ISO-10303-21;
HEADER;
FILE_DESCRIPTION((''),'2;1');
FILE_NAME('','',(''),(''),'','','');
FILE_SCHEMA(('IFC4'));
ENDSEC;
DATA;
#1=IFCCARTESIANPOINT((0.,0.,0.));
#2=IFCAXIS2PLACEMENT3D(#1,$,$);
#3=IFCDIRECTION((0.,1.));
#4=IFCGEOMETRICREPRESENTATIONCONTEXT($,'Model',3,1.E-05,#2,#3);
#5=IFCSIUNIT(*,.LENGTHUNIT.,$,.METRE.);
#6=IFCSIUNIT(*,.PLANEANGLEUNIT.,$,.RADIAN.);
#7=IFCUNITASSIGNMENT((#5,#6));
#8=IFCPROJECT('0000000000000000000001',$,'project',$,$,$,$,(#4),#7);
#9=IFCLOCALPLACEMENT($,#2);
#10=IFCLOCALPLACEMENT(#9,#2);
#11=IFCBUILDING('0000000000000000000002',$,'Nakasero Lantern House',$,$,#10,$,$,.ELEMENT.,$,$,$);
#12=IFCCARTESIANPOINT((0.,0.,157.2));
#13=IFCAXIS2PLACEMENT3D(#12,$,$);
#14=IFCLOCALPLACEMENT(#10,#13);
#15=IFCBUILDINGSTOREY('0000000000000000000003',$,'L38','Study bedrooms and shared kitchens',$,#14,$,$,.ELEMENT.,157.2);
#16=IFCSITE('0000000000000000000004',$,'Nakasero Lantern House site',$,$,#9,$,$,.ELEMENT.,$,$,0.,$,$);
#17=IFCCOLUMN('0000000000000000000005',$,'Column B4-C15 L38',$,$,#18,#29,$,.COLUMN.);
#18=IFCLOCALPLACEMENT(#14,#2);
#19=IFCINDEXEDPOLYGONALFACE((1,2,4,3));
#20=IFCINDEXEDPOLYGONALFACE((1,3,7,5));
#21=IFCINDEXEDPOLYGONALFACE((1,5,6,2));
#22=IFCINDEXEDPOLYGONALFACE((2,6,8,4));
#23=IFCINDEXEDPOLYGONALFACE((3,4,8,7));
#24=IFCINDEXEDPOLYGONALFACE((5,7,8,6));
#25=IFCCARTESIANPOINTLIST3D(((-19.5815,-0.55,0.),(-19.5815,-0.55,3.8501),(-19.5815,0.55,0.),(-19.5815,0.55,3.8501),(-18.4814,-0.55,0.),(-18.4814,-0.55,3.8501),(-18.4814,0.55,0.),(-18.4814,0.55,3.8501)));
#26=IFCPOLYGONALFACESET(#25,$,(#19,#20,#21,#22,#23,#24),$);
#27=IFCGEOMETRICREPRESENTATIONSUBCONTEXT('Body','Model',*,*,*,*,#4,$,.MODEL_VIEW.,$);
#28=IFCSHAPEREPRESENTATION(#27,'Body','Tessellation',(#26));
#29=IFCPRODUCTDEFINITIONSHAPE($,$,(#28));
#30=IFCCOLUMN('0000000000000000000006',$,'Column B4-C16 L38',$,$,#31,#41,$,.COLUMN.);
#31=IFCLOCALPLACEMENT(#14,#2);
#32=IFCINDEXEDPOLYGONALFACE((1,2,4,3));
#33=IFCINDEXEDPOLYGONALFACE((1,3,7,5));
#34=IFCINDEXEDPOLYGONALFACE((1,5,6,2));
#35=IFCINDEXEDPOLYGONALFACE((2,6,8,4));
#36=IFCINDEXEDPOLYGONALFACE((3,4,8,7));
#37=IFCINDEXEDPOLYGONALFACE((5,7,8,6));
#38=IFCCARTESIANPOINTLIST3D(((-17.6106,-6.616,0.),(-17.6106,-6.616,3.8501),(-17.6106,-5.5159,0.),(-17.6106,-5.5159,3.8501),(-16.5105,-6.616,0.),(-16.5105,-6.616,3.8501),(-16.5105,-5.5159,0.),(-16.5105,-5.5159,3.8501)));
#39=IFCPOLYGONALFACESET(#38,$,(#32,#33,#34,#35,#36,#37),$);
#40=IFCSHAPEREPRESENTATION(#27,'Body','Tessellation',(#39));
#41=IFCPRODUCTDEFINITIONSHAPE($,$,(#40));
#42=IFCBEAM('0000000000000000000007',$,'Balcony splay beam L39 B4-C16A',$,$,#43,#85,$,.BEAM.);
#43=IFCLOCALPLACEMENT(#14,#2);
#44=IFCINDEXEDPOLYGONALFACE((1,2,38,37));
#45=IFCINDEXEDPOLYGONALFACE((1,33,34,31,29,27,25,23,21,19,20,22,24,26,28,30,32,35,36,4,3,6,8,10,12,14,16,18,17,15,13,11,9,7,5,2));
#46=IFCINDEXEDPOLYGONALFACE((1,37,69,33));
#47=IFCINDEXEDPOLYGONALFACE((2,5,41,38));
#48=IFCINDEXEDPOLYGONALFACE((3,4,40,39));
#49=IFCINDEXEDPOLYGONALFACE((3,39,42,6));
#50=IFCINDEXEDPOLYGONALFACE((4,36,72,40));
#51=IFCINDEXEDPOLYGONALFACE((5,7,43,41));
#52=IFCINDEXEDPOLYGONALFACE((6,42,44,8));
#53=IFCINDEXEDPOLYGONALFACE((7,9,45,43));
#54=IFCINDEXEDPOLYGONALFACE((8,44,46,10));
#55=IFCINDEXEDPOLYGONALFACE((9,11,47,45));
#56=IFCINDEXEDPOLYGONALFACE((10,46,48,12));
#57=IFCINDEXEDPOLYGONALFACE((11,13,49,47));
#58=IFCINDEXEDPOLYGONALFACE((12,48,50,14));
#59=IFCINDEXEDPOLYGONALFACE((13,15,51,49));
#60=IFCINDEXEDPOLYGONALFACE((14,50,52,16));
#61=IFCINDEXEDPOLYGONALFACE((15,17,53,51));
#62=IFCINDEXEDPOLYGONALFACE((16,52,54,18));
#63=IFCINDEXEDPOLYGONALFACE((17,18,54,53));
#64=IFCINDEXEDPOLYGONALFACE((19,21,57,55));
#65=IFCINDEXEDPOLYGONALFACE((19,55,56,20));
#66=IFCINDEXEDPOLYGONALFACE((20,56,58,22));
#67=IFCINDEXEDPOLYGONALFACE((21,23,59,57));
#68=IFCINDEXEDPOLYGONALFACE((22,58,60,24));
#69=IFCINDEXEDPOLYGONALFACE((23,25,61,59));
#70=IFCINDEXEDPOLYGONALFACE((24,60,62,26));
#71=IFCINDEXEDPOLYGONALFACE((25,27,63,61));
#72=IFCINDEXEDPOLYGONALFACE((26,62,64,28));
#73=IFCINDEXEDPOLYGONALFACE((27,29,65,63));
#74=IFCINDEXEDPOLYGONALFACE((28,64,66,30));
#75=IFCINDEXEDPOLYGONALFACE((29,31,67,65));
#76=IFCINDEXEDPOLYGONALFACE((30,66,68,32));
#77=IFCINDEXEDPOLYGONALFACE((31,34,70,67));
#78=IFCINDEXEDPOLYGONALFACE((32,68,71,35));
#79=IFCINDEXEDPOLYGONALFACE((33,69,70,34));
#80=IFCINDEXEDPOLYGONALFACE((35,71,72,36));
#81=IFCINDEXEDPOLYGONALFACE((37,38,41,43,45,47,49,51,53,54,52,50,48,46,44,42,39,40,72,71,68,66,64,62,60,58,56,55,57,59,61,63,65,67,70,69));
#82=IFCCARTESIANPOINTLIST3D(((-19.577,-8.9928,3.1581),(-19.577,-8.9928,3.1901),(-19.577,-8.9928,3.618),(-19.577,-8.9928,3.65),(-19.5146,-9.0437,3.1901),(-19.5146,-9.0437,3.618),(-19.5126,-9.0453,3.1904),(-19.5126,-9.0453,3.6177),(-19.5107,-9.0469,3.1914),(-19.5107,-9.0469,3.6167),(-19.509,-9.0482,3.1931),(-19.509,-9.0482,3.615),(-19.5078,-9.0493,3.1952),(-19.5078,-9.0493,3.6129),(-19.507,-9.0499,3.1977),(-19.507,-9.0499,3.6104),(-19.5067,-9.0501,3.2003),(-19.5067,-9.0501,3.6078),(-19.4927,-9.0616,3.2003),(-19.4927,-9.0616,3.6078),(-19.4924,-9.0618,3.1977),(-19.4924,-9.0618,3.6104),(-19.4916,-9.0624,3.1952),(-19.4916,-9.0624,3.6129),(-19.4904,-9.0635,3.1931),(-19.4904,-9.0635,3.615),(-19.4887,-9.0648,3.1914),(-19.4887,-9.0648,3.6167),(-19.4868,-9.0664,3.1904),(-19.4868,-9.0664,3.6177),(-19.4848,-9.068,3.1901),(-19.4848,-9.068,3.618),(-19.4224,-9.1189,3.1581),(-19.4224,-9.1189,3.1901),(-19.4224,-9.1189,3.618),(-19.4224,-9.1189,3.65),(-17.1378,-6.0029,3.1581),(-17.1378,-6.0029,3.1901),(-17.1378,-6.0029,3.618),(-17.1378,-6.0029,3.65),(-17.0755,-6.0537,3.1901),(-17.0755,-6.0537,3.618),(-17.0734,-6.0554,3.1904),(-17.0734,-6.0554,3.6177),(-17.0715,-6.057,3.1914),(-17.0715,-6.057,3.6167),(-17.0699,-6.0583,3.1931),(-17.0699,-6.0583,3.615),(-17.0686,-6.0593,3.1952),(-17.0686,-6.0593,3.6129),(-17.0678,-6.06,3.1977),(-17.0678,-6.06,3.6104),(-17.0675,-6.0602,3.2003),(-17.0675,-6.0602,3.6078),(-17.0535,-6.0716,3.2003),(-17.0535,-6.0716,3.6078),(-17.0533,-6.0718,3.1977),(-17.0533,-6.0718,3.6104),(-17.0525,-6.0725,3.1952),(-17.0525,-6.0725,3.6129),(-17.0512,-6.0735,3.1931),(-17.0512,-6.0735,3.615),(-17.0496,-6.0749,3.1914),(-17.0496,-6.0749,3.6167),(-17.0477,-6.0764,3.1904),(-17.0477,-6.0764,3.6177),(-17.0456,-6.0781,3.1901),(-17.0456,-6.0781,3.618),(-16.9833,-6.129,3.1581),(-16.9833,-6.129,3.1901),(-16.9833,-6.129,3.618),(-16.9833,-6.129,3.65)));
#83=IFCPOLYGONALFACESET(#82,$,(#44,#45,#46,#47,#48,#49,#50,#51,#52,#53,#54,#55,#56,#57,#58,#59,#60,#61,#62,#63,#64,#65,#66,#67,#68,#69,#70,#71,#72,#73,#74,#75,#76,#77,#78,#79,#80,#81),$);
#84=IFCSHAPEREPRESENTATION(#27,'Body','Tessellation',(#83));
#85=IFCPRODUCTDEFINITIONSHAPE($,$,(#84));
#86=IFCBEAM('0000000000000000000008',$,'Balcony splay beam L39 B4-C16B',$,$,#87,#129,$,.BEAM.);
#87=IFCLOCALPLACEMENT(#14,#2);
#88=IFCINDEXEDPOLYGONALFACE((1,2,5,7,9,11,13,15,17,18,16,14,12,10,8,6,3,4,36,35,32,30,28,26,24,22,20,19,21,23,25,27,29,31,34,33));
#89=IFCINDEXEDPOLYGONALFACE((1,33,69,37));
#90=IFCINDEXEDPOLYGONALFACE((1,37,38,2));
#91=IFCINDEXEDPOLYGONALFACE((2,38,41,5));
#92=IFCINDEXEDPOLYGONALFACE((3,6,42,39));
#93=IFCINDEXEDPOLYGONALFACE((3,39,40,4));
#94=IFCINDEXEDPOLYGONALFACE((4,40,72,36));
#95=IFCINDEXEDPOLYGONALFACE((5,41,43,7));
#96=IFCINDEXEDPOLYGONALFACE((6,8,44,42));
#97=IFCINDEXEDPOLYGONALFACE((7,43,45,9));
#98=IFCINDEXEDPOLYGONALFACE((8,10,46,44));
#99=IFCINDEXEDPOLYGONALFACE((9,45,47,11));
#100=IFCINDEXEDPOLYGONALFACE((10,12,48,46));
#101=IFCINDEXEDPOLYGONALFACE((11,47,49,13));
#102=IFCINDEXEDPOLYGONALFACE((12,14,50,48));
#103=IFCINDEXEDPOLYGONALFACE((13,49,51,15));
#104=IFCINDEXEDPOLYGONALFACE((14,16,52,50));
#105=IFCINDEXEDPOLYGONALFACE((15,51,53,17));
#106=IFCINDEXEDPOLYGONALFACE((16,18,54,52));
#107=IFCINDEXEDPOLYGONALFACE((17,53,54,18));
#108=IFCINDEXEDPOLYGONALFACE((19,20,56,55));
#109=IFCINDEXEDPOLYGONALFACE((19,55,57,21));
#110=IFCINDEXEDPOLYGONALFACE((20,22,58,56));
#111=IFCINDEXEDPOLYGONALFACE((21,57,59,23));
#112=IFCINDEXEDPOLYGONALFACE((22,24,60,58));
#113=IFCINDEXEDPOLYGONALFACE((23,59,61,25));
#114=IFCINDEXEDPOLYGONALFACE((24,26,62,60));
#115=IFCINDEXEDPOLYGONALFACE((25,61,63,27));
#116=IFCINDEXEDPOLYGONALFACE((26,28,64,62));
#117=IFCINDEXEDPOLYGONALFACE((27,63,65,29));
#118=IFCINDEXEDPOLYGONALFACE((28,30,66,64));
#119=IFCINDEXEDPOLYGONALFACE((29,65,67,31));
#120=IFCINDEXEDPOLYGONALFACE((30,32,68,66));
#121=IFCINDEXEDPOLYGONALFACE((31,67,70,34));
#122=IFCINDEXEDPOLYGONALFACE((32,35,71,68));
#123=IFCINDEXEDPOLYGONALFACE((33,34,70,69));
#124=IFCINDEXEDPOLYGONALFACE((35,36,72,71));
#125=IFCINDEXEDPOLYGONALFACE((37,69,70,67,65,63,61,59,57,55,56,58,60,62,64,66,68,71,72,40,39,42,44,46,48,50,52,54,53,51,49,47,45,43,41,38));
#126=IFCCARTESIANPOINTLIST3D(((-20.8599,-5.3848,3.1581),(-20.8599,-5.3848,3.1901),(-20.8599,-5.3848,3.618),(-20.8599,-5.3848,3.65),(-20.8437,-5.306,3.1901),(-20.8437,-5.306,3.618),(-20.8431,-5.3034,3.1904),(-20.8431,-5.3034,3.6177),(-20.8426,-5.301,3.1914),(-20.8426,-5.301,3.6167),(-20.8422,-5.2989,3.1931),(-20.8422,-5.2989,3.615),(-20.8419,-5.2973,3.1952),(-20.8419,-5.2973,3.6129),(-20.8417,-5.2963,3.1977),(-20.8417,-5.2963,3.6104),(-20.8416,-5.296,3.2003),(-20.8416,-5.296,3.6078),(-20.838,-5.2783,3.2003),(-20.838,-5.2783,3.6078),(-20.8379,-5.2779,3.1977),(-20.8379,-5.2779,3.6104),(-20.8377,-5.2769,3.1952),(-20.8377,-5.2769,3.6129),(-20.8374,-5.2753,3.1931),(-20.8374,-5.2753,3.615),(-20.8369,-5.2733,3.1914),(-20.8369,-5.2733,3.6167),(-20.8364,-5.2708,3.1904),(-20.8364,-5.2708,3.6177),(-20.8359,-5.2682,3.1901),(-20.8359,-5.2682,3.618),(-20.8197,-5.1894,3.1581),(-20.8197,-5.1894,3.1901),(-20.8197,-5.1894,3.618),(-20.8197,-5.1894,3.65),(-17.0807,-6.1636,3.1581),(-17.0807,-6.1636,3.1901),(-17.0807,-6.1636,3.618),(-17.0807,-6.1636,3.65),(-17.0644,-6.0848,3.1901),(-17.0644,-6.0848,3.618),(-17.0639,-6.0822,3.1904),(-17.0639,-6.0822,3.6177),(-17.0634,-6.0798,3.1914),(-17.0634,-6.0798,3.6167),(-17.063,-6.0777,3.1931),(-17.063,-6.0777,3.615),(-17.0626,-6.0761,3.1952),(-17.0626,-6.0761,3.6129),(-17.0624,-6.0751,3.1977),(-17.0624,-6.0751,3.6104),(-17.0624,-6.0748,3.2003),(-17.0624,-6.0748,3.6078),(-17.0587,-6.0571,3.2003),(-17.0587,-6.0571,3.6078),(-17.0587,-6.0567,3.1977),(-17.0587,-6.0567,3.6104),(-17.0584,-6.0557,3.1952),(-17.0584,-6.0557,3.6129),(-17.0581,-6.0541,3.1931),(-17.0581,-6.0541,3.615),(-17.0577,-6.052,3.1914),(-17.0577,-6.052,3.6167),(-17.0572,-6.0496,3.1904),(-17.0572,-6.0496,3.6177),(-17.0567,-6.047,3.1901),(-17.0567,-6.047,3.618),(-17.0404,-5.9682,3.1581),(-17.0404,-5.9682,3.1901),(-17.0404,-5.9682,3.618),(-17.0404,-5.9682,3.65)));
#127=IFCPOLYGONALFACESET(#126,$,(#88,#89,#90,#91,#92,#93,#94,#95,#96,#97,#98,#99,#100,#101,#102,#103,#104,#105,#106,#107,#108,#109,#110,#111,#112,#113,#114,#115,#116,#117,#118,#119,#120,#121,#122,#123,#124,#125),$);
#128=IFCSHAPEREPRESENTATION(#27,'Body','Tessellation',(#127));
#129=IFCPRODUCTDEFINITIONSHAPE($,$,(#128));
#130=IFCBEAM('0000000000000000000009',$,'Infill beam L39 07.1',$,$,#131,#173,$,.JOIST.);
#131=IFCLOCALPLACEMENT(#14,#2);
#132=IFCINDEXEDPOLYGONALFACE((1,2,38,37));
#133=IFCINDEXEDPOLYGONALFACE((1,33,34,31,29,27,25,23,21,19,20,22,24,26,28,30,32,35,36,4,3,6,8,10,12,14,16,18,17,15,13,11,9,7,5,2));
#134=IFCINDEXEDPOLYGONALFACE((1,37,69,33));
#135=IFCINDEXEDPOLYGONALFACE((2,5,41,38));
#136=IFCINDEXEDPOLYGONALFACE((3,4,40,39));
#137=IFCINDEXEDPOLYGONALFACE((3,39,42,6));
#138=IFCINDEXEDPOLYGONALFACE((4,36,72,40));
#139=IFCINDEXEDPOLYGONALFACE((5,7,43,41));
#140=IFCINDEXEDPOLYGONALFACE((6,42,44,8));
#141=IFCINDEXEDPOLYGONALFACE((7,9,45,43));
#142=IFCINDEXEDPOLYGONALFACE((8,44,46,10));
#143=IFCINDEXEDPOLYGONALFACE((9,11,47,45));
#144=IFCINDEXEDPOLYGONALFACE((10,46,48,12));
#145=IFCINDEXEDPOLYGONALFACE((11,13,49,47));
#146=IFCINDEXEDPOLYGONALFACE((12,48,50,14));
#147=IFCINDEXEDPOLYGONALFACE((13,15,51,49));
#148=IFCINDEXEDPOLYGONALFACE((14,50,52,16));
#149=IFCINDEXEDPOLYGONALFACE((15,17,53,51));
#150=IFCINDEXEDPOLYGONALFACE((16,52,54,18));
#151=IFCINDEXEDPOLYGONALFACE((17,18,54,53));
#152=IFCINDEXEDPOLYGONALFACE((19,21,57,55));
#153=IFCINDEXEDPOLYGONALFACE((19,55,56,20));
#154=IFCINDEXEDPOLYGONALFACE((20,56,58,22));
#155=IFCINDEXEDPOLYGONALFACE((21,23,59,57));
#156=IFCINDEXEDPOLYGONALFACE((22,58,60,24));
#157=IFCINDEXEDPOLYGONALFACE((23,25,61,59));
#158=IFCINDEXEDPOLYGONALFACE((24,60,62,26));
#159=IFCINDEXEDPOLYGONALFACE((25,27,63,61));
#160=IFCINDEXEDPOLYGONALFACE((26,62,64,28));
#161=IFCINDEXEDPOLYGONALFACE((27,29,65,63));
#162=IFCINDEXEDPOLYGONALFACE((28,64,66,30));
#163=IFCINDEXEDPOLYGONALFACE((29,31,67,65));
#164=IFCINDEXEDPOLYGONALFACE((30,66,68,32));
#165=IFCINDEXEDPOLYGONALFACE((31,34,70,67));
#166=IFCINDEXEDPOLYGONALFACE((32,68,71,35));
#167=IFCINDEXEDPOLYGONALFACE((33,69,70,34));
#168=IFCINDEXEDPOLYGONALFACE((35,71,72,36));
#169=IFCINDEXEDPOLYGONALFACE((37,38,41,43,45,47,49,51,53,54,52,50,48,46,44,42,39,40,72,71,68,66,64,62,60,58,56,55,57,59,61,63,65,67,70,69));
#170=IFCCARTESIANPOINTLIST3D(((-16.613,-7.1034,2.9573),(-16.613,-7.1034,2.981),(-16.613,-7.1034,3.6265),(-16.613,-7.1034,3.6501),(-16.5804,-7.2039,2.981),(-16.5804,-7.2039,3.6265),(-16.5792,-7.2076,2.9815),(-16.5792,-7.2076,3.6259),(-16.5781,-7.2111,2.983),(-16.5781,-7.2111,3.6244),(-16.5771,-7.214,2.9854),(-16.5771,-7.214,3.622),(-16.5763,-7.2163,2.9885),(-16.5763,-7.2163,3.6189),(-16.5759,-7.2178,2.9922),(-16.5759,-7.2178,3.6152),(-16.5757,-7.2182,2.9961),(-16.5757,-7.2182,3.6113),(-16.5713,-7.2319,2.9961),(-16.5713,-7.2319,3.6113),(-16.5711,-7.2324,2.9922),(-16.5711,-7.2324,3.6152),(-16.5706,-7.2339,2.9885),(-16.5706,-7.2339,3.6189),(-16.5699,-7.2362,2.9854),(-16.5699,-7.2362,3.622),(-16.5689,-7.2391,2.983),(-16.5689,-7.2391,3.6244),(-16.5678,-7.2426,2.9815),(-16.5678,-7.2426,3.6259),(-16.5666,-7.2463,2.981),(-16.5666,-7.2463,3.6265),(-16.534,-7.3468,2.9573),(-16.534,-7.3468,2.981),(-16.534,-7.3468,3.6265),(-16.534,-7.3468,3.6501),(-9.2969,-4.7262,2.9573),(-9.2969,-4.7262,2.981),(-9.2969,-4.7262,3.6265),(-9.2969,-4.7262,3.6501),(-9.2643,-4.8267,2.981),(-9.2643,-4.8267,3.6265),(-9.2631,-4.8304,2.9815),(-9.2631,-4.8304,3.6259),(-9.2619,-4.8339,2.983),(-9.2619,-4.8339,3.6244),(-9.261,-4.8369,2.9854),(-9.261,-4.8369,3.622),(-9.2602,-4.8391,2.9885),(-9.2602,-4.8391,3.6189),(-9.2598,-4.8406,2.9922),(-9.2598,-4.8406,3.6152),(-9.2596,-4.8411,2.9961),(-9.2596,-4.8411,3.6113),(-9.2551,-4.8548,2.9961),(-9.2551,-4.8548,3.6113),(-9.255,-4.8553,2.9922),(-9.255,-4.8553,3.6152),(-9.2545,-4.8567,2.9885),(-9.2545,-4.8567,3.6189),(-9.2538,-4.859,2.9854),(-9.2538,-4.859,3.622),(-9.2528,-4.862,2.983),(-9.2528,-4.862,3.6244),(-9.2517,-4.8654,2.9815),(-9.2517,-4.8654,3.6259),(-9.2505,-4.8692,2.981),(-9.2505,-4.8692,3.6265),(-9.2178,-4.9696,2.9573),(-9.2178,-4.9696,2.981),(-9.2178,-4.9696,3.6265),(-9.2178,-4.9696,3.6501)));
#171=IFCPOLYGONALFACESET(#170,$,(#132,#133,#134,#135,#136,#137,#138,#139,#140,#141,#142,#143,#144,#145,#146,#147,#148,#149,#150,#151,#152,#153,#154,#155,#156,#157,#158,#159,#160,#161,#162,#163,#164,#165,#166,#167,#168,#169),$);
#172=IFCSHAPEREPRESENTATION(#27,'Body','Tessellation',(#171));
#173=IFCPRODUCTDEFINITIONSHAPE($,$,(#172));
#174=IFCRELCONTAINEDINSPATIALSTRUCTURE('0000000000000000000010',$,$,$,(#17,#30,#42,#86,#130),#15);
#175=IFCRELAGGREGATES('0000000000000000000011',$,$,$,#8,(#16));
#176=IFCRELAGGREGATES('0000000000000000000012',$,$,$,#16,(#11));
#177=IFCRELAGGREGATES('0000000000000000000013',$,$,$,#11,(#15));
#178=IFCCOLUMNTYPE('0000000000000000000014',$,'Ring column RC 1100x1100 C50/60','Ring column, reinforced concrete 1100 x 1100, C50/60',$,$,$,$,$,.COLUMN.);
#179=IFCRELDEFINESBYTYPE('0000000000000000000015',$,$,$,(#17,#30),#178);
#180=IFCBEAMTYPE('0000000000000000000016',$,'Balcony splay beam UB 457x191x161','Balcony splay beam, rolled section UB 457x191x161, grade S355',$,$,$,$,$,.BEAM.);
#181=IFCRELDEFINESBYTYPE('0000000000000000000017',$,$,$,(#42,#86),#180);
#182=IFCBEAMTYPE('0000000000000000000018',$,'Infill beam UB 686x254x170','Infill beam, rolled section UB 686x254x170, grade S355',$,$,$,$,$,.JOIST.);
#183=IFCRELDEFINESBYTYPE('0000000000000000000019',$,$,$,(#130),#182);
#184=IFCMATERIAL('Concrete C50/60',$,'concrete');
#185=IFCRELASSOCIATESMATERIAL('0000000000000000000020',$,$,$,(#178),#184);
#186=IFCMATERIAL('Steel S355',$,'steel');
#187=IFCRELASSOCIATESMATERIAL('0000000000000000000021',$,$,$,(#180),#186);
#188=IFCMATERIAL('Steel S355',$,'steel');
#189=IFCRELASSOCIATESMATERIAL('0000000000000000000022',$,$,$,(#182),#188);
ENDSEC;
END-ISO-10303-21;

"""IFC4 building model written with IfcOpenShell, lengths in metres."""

from ifc_helpers import new_model, si_unit, direction, frame, origin, origin_2d, place, context, subcontext, project, spatial, rectangle, i_section, extrude, material, material_profile, profile_set, type_object, element, save


model = new_model("IFC4")

# Units and contexts
model_context = context("Model", 3, precision=1e-05, world=origin(), true_north=direction((0.0, 1.0)))
body_context = subcontext(model_context, "Body", "Model", "MODEL_VIEW")
ifc_project = project(units=[si_unit("LENGTHUNIT", "METRE"), si_unit("PLANEANGLEUNIT", "RADIAN")], contexts=[model_context])

# Site, building, storey
site_placement = place(None, origin())
site = spatial("IfcSite", under=ifc_project, at=site_placement, Name="Nakasero Lantern House site", CompositionType="ELEMENT", RefElevation=0.0)
building_placement = place(site_placement, origin())
building = spatial("IfcBuilding", under=site, at=building_placement, Name="Nakasero Lantern House", CompositionType="ELEMENT")
storey_placement = place(building_placement, frame((0.0, 0.0, 157.2)))
storey = spatial("IfcBuildingStorey", under=building, at=storey_placement, Name="L38", Description="Study bedrooms and shared kitchens", CompositionType="ELEMENT", Elevation=157.2)

# Columns
ifc_material_1 = material(Name="Concrete C50/60", Category="concrete")
ifc_material_profile_1 = material_profile(ifc_material_1, rectangle(XDim=1.1001, YDim=1.1001, at=origin_2d()), Name="RC 1100x1100")
ifc_profile_set_1 = profile_set([ifc_material_profile_1], Name="Concrete C50/60")
column_type = type_object("IfcColumnType", Name="Ring column RC 1100x1100 C50/60", Description="Ring column, reinforced concrete 1100 x 1100, C50/60", PredefinedType="COLUMN", material=ifc_profile_set_1)
for number, where, z_axis, x_axis, name in (
    (1, (-19.0315, 0.0, 0.0), (0.0, 0.0, 1.0), (1.0, 0.0, 0.0), "Column B4-C15 L38"),
    (2, (-17.0605, -6.0659, 0.0), (0.0, 0.0, 1.0), (1.0, 0.0, 0.0), "Column B4-C16 L38"),
):
    element("IfcColumn", number, at=place(storey_placement, frame(where, z_axis=z_axis, x_axis=x_axis)), inside=storey, type_object=column_type, Name=name, PredefinedType="COLUMN", context=body_context, shape_type="SweptSolid", body=[
        extrude(rectangle(XDim=1.1001, YDim=1.1001, at=origin_2d()), origin(), (0.0, 0.0, 1.0), 3.8501),
    ])

# Beams
ifc_material_2 = material(Name="Steel S355", Category="steel")
ifc_material_profile_2 = material_profile(ifc_material_2, i_section(OverallWidth=0.1995, OverallDepth=0.4919, WebThickness=0.0181, FlangeThickness=0.032, FilletRadius=0.0103, at=origin_2d()), Name="UB 457x191x161")
ifc_profile_set_2 = profile_set([ifc_material_profile_2], Name="Steel S355")
beam_type_1 = type_object("IfcBeamType", Name="Balcony splay beam UB 457x191x161", Description="Balcony splay beam, rolled section UB 457x191x161, grade S355", PredefinedType="BEAM", material=ifc_profile_set_2)
for number, where, z_axis, x_axis, name in (
    (3, (-17.0605, -6.0659, 3.4041), (-0.632128, -0.774864, 0.0), (0.774864, -0.632128, 0.0), "Balcony splay beam L39 B4-C16A"),
    (4, (-17.0605, -6.0659, 3.4041), (-0.97942, 0.201831, 0.0), (-0.201831, -0.97942, 0.0), "Balcony splay beam L39 B4-C16B"),
):
    element("IfcBeam", number, at=place(storey_placement, frame(where, z_axis=z_axis, x_axis=x_axis)), inside=storey, type_object=beam_type_1, Name=name, PredefinedType="BEAM", context=body_context, shape_type="SweptSolid", body=[
        extrude(i_section(OverallWidth=0.1995, OverallDepth=0.4919, WebThickness=0.0181, FlangeThickness=0.032, FilletRadius=0.0103, at=origin_2d()), origin(), (0.0, 0.0, 1.0), 3.8586),
    ])
ifc_material_3 = material(Name="Steel S355", Category="steel")
ifc_material_profile_3 = material_profile(ifc_material_3, i_section(OverallWidth=0.2559, OverallDepth=0.6929, WebThickness=0.0144, FlangeThickness=0.0237, FilletRadius=0.0151, at=origin_2d()), Name="UB 686x254x170")
ifc_profile_set_3 = profile_set([ifc_material_profile_3], Name="Steel S355")
beam_type_2 = type_object("IfcBeamType", Name="Infill beam UB 686x254x170", Description="Infill beam, rolled section UB 686x254x170, grade S355", PredefinedType="JOIST", material=ifc_profile_set_3)
beam_1_placement = place(storey_placement, frame((-16.5735, -7.2251, 3.3037), z_axis=(0.951055, 0.309021, 0.0), x_axis=(-0.309021, 0.951055, 0.0)))
element("IfcBeam", 5, at=beam_1_placement, inside=storey, type_object=beam_type_2, Name="Infill beam L39 07.1", PredefinedType="JOIST", context=body_context, shape_type="SweptSolid", body=[
    extrude(i_section(OverallWidth=0.2559, OverallDepth=0.6929, WebThickness=0.0144, FlangeThickness=0.0237, FilletRadius=0.0151, at=origin_2d()), origin(), (0.0, 0.0, 1.0), 7.6926),
])

save(model, "model.ifc")
